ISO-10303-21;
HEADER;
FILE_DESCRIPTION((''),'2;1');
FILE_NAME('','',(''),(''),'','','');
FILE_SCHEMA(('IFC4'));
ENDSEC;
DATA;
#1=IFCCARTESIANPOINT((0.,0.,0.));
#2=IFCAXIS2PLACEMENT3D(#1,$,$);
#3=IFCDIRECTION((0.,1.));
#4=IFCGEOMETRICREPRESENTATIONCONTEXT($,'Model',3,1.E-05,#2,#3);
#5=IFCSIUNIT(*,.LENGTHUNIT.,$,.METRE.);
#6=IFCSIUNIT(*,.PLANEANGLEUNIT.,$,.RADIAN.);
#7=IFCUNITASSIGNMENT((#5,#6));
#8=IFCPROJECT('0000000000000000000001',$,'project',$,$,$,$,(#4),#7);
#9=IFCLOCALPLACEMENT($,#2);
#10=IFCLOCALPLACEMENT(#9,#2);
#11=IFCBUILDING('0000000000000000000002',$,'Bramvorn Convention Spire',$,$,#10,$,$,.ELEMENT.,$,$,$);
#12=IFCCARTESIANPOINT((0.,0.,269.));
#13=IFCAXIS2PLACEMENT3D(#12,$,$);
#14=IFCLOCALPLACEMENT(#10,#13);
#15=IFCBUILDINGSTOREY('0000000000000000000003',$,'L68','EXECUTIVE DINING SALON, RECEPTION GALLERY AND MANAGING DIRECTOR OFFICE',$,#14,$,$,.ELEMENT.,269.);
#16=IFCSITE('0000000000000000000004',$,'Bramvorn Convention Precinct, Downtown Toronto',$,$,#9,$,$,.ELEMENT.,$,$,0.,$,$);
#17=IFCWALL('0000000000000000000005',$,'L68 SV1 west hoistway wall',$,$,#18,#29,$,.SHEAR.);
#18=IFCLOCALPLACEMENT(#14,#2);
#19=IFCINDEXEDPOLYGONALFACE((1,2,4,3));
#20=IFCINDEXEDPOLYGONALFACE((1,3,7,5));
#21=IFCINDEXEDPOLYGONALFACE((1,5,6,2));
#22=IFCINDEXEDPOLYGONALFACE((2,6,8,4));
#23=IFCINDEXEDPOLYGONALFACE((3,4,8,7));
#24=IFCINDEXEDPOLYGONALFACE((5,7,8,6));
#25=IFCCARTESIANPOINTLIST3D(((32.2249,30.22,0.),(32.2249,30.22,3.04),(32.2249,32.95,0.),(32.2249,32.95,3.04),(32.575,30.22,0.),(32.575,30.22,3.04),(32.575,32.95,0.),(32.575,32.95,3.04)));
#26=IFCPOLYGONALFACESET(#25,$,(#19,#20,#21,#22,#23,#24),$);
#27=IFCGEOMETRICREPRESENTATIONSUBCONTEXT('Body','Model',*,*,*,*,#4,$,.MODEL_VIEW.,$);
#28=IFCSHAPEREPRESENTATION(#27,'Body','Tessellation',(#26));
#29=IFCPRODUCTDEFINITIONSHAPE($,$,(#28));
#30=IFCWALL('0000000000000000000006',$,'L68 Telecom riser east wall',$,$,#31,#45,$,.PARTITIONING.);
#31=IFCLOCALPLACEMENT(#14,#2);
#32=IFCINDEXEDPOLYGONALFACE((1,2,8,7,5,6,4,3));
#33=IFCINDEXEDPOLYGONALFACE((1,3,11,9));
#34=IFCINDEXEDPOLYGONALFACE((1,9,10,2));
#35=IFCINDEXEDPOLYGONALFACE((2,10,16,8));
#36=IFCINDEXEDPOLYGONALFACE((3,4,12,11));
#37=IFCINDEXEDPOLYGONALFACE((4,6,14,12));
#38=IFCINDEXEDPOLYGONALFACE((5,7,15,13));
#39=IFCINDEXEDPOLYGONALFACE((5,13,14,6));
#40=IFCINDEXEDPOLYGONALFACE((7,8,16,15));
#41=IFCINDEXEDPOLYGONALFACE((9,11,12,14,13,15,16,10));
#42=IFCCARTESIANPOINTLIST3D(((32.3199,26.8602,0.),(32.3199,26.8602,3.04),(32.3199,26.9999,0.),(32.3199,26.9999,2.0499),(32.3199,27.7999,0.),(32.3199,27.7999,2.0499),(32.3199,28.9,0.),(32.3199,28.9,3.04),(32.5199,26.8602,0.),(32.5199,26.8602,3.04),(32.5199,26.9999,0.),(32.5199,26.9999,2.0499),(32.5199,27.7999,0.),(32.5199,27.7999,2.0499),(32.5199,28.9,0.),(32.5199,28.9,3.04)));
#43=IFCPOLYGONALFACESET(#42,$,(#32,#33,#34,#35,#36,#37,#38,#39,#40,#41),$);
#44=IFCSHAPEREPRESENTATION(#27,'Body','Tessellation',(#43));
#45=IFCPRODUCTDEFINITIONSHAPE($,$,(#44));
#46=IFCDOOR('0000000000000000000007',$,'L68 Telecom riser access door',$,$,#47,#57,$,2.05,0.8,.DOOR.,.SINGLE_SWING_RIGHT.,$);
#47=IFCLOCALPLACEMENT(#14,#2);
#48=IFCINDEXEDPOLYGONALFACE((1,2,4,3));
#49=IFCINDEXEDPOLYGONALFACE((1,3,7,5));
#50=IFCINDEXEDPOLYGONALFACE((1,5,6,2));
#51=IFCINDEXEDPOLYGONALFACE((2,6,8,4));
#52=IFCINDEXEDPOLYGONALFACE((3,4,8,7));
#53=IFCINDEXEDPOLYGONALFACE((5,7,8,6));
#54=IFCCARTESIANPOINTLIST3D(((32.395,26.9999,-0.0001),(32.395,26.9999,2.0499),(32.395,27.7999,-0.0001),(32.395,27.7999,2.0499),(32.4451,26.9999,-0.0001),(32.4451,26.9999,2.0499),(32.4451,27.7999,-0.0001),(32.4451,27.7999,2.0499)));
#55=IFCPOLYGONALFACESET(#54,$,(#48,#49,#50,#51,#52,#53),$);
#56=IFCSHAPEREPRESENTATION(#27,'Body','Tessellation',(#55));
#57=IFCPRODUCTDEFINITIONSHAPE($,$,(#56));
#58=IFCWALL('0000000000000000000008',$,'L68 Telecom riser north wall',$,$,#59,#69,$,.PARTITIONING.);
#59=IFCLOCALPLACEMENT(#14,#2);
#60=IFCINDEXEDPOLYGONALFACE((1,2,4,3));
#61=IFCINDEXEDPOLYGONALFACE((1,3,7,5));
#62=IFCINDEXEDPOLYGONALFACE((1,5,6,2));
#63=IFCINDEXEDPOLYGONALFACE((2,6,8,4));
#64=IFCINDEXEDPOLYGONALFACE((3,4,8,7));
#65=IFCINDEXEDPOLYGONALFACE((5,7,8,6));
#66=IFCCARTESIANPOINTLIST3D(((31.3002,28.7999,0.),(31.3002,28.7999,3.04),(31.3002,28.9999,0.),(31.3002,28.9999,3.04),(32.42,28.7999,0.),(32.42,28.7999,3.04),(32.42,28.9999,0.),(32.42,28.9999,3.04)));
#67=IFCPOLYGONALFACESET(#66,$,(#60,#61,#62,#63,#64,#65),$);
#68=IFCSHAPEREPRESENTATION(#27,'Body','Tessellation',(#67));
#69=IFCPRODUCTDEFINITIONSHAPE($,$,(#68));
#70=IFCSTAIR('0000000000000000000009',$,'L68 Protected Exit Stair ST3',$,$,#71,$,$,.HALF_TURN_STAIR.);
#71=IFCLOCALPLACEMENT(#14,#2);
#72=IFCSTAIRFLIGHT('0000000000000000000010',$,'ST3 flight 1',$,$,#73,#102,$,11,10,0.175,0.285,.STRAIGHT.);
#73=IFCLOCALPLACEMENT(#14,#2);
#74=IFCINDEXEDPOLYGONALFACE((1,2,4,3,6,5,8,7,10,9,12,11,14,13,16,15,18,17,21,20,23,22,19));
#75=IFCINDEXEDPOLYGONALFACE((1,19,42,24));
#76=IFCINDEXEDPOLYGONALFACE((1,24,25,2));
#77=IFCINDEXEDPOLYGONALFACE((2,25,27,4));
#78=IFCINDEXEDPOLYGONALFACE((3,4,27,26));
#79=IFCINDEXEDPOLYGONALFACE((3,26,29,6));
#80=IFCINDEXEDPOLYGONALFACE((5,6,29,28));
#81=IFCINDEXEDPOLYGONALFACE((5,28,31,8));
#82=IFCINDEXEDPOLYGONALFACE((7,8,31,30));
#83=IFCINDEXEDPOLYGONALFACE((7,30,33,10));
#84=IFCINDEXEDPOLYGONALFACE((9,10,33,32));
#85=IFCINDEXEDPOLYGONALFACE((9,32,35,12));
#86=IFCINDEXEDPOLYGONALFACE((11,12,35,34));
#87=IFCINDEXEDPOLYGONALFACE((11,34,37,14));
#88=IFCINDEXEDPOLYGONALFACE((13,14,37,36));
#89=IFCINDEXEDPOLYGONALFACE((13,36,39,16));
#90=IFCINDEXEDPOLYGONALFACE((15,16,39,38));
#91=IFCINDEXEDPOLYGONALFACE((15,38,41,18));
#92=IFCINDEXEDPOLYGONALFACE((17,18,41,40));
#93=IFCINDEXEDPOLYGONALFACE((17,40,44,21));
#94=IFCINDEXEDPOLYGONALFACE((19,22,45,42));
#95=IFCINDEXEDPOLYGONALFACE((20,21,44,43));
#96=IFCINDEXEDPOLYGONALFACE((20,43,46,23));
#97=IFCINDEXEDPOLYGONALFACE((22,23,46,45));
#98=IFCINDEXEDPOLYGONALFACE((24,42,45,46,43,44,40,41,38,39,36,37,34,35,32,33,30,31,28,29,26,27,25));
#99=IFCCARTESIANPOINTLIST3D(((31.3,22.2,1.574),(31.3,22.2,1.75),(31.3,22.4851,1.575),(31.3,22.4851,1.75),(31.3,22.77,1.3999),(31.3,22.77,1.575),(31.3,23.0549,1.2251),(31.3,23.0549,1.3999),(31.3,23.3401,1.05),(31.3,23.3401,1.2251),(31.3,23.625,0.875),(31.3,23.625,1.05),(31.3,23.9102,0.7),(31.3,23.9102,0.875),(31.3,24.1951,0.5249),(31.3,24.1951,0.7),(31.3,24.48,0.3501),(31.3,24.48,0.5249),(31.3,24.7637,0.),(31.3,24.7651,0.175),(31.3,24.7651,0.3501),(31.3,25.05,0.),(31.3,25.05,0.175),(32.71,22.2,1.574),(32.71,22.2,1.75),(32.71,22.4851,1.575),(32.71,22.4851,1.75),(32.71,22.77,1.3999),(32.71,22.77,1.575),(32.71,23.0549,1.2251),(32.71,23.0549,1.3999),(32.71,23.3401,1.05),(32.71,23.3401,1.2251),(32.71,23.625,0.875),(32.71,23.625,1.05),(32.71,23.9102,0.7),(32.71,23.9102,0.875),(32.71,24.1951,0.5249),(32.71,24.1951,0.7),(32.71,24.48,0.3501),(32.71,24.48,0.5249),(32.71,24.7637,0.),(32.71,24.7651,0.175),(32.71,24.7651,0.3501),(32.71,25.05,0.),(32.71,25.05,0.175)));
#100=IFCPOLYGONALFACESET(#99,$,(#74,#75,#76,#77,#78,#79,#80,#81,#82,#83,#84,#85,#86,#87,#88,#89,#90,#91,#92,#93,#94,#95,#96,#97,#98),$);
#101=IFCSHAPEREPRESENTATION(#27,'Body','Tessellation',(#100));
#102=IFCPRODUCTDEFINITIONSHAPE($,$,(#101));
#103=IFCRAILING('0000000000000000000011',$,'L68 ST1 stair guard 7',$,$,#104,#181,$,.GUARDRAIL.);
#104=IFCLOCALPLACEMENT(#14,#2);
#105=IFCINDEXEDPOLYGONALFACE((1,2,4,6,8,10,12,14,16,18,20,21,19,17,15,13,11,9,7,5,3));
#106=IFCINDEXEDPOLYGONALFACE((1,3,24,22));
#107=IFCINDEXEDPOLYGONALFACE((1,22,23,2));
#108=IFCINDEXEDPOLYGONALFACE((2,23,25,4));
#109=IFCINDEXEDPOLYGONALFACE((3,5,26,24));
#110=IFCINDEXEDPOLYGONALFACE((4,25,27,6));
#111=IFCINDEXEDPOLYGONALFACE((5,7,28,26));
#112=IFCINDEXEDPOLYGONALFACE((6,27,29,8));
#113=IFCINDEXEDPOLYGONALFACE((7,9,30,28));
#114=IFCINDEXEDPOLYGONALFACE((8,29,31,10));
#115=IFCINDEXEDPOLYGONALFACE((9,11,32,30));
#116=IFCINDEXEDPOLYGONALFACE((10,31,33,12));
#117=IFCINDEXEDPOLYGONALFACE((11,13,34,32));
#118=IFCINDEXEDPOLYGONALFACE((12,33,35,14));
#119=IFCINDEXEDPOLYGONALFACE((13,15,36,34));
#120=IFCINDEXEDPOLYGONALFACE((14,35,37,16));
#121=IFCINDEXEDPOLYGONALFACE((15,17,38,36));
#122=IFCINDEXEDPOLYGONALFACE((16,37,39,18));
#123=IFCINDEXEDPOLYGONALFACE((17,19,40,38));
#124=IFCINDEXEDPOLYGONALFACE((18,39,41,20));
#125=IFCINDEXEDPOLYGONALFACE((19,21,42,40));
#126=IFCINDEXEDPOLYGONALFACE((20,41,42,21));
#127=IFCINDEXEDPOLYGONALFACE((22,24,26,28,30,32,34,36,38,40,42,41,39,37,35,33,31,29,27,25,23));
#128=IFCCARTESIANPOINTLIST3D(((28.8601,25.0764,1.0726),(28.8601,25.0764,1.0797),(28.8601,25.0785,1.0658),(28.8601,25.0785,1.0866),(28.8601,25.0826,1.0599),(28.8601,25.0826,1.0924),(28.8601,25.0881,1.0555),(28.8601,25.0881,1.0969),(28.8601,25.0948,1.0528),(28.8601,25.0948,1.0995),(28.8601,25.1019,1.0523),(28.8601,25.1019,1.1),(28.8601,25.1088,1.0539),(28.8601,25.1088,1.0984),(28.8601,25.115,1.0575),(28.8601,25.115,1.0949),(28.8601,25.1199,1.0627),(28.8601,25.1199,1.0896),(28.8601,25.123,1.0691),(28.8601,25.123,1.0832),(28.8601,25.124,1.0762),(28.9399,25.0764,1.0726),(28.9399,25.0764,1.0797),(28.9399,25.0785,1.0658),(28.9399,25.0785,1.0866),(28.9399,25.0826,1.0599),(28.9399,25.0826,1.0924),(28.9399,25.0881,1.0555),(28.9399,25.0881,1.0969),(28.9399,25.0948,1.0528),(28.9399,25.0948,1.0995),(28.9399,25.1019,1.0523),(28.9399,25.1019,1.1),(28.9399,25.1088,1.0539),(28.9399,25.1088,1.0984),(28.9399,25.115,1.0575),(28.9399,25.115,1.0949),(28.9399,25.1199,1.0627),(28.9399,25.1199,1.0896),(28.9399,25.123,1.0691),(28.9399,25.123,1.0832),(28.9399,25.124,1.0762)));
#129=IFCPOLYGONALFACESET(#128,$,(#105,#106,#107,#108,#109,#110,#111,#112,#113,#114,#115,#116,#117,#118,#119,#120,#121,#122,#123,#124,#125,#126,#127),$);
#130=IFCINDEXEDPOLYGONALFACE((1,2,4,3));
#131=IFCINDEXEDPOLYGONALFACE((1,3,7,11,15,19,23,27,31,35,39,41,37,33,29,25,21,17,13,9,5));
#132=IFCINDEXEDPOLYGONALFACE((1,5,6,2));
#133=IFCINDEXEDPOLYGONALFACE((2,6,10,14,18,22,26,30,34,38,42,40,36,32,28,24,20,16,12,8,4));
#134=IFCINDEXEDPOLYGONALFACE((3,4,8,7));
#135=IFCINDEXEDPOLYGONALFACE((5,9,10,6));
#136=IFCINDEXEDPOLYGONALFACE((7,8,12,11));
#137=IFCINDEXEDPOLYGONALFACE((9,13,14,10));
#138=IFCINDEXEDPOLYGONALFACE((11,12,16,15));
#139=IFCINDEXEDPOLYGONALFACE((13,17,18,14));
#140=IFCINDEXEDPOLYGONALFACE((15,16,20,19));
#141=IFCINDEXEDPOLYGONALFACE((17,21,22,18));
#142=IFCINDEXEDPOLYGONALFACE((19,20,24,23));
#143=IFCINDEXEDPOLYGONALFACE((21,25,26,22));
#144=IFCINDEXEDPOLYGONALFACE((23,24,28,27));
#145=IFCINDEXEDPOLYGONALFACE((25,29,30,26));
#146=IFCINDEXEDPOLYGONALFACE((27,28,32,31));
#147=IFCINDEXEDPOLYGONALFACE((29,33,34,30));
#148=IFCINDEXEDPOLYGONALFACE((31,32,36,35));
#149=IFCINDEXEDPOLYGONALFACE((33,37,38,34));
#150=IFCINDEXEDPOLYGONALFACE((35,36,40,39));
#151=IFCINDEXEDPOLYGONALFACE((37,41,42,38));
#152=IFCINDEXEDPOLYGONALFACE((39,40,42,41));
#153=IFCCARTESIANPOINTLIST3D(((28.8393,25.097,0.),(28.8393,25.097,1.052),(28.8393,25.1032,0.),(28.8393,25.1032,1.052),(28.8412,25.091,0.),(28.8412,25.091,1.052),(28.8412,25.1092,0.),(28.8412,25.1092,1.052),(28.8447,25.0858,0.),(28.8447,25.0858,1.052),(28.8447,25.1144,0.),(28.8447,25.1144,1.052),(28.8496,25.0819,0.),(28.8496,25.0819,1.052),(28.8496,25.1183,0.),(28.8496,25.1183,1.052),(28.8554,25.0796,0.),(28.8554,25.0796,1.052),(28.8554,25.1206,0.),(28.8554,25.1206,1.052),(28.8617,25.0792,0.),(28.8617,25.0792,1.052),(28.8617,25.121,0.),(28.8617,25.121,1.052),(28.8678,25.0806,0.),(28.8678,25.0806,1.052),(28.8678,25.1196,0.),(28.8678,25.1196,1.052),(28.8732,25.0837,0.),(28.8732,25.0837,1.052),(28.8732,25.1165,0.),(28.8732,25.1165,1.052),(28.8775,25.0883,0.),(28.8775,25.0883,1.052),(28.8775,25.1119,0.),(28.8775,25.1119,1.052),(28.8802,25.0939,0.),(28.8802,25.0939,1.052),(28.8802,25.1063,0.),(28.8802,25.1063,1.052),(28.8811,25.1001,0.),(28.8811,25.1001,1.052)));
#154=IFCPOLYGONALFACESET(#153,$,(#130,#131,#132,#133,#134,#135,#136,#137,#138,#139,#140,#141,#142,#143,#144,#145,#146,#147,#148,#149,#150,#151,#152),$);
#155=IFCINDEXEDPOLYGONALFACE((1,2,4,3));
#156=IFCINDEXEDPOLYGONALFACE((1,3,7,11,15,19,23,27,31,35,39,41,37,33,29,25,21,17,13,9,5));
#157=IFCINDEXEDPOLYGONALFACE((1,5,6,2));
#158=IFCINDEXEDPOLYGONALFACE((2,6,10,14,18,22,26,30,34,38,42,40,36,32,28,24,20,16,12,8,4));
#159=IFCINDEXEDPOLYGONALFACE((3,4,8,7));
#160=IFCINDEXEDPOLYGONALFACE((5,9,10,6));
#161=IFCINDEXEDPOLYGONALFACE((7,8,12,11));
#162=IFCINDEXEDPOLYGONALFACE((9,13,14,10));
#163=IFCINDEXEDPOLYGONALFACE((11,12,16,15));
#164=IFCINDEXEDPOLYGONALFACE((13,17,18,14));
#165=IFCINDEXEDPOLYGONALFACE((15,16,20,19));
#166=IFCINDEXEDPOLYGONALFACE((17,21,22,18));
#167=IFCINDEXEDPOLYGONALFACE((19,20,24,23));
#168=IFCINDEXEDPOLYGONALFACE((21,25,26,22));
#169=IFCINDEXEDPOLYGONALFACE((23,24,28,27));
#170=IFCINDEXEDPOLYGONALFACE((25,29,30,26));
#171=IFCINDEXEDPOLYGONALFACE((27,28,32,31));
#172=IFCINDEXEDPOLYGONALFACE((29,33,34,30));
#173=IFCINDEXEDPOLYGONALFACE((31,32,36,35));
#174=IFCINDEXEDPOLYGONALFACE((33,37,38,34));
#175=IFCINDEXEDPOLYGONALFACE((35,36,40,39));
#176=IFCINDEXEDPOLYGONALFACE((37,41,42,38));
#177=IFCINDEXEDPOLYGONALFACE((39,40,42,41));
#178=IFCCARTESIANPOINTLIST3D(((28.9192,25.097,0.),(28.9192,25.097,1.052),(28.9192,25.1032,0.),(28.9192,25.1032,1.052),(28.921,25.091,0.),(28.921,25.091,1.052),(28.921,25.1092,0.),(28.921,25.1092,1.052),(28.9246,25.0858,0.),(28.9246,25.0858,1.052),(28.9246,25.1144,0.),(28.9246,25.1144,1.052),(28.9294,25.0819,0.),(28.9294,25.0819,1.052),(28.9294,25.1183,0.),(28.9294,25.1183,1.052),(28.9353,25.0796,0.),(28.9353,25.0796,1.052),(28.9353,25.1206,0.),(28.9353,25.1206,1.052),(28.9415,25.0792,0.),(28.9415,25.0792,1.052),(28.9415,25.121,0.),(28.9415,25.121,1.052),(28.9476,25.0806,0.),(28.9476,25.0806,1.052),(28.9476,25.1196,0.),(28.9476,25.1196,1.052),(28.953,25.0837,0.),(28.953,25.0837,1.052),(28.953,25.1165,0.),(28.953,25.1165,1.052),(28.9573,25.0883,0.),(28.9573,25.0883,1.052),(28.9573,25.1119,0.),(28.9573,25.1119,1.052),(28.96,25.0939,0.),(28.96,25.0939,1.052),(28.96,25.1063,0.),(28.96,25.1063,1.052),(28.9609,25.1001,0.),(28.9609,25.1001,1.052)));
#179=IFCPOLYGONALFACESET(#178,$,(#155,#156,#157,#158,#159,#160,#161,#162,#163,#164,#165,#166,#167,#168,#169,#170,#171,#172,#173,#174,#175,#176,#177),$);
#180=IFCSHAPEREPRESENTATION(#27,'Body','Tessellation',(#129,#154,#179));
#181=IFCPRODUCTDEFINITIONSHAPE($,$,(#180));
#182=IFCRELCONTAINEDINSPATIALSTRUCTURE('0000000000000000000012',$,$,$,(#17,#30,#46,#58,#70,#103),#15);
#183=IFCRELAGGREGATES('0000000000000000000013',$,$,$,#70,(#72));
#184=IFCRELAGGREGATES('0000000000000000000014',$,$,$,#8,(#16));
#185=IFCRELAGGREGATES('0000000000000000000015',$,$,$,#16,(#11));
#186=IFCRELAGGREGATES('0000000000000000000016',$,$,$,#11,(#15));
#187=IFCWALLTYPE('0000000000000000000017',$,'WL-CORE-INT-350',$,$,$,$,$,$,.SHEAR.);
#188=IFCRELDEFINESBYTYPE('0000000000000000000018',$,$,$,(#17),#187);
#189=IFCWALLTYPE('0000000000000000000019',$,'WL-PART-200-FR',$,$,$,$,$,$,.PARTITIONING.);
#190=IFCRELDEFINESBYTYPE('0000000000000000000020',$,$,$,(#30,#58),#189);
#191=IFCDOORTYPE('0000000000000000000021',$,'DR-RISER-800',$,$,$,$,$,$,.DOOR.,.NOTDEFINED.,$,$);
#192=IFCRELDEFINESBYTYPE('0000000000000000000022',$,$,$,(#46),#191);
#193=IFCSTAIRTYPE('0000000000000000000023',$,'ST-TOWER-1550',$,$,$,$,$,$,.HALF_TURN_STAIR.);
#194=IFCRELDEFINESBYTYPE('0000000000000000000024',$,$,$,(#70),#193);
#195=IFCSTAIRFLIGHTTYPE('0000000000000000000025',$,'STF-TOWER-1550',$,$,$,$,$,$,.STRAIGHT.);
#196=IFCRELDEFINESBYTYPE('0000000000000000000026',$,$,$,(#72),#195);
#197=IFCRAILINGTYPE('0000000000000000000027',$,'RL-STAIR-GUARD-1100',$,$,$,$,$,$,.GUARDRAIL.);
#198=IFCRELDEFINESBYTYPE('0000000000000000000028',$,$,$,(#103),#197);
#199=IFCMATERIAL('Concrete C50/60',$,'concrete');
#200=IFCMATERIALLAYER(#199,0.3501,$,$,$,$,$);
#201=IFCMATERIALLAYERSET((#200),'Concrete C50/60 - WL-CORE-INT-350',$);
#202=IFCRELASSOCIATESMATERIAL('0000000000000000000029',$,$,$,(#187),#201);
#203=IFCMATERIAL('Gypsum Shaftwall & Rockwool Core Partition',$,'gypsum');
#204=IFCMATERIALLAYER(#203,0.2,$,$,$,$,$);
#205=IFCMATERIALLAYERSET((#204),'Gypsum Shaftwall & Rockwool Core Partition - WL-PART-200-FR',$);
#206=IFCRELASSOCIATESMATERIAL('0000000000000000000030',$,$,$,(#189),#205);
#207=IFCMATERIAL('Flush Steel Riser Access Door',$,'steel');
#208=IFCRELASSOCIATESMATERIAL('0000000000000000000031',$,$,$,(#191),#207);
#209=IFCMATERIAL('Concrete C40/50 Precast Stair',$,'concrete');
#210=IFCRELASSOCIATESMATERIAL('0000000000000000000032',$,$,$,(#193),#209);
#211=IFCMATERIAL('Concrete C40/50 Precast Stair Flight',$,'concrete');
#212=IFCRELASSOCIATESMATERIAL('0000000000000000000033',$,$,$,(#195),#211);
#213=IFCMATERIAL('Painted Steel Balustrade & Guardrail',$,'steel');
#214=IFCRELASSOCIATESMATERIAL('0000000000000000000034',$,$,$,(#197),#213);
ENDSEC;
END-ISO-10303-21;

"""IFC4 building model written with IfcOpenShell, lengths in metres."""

from ifc_helpers import new_model, si_unit, direction, frame, frame_2d, origin, origin_2d, place, context, subcontext, project, spatial, polyline, rectangle, circle, outline, extrude, material, layer, layer_set, type_object, element, fill, aggregate, save


model = new_model("IFC4")

# Units and contexts
model_context = context("Model", 3, precision=1e-05, world=origin(), true_north=direction((0.0, 1.0)))
body_context = subcontext(model_context, "Body", "Model", "MODEL_VIEW")
ifc_project = project(units=[si_unit("LENGTHUNIT", "METRE"), si_unit("PLANEANGLEUNIT", "RADIAN")], contexts=[model_context])

# Site, building, storey
site_placement = place(None, origin())
site = spatial("IfcSite", under=ifc_project, at=site_placement, Name="Bramvorn Convention Precinct, Downtown Toronto", CompositionType="ELEMENT", RefElevation=0.0)
building_placement = place(site_placement, origin())
building = spatial("IfcBuilding", under=site, at=building_placement, Name="Bramvorn Convention Spire", CompositionType="ELEMENT")
storey_placement = place(building_placement, frame((0.0, 0.0, 269.0)))
storey = spatial("IfcBuildingStorey", under=building, at=storey_placement, Name="L68", Description="EXECUTIVE DINING SALON, RECEPTION GALLERY AND MANAGING DIRECTOR OFFICE", CompositionType="ELEMENT", Elevation=269.0)

# Shared definitions
ifc_material_1 = material(Name="Concrete C50/60", Category="concrete")
ifc_layer_1 = layer(ifc_material_1, 0.3501)
ifc_layer_set_1 = layer_set([ifc_layer_1], Name="Concrete C50/60 - WL-CORE-INT-350")
wall_type_1 = type_object("IfcWallType", Name="WL-CORE-INT-350", PredefinedType="SHEAR", material=ifc_layer_set_1)

# Wall
wall_1_placement = place(storey_placement, frame((32.3999, 30.22, 0.0), z_axis=(0.0, 0.0, 1.0), x_axis=(0.0, 1.0, 0.0)))
element("IfcWall", 1, at=wall_1_placement, inside=storey, type_object=wall_type_1, Name="L68 SV1 west hoistway wall", PredefinedType="SHEAR", context=body_context, shape_type="SweptSolid", body=[
    extrude(rectangle(XDim=2.73, YDim=0.3501, at=frame_2d((1.365, 0.0))), origin(), (0.0, 0.0, 1.0), 3.04),
])

# Wall, opening, door
ifc_material_2 = material(Name="Gypsum Shaftwall & Rockwool Core Partition", Category="gypsum")
ifc_layer_2 = layer(ifc_material_2, 0.2)
ifc_layer_set_2 = layer_set([ifc_layer_2], Name="Gypsum Shaftwall & Rockwool Core Partition - WL-PART-200-FR")
wall_type_2 = type_object("IfcWallType", Name="WL-PART-200-FR", PredefinedType="PARTITIONING", material=ifc_layer_set_2)
wall_2_placement = place(storey_placement, frame((32.4199, 26.8601, 0.0), z_axis=(0.0, 0.0, 1.0), x_axis=(0.0, 1.0, 0.0)))
wall_2 = element("IfcWall", 2, at=wall_2_placement, inside=storey, type_object=wall_type_2, Name="L68 Telecom riser east wall", PredefinedType="PARTITIONING", context=body_context, shape_type="SweptSolid", body=[
    extrude(rectangle(XDim=2.0398, YDim=0.2, at=frame_2d((1.02, 0.0))), origin(), (0.0, 0.0, 1.0), 3.04),
])
opening_1_placement = place(wall_2_placement, frame((0.1399, 0.0, 0.0)))
opening_1 = element("IfcOpeningElement", 3, at=opening_1_placement, cuts=wall_2, PredefinedType="OPENING", context=body_context, shape_type="SweptSolid", body=[
    extrude(rectangle(XDim=0.8, YDim=2.05, at=frame_2d((0.3999, 1.0249))), frame((0.0, 0.1099, 0.0), z_axis=(0.0, -1.0, 0.0), x_axis=(1.0, 0.0, 0.0)), (0.0, 0.0, 1.0), 0.22),
])
ifc_material_3 = material(Name="Flush Steel Riser Access Door", Category="steel")
door_type_1 = type_object("IfcDoorType", Name="DR-RISER-800", OperationType="NOTDEFINED", PredefinedType="DOOR", material=ifc_material_3)
door_1_placement = place(opening_1_placement, origin())
door_1 = element("IfcDoor", 4, at=door_1_placement, inside=storey, type_object=door_type_1, Name="L68 Telecom riser access door", OperationType="SINGLE_SWING_RIGHT", OverallHeight=2.05, OverallWidth=0.8, PredefinedType="DOOR", context=body_context, shape_type="SweptSolid", body=[
    extrude(rectangle(XDim=0.8, YDim=2.05, at=frame_2d((0.3999, 1.0249))), frame((0.0, 0.0249, 0.0), z_axis=(0.0, -1.0, 0.0), x_axis=(1.0, 0.0, 0.0)), (0.0, 0.0, 1.0), 0.05),
])
fill(opening_1, door_1)

# Wall
wall_3_placement = place(storey_placement, frame((31.3, 28.8999, 0.0), z_axis=(0.0, 0.0, 1.0), x_axis=(1.0, 0.0, 0.0)))
element("IfcWall", 5, at=wall_3_placement, inside=storey, type_object=wall_type_2, Name="L68 Telecom riser north wall", PredefinedType="PARTITIONING", context=body_context, shape_type="SweptSolid", body=[
    extrude(rectangle(XDim=1.1199, YDim=0.2, at=frame_2d((0.5601, 0.0))), origin(), (0.0, 0.0, 1.0), 3.04),
])

# Stair, stair flight
ifc_material_4 = material(Name="Concrete C40/50 Precast Stair", Category="concrete")
stair_type = type_object("IfcStairType", Name="ST-TOWER-1550", PredefinedType="HALF_TURN_STAIR", material=ifc_material_4)
stair_placement = place(storey_placement, origin())
stair = element("IfcStair", 6, at=stair_placement, inside=storey, type_object=stair_type, Name="L68 Protected Exit Stair ST3", PredefinedType="HALF_TURN_STAIR")
ifc_material_5 = material(Name="Concrete C40/50 Precast Stair Flight", Category="concrete")
stair_flight_type = type_object("IfcStairFlightType", Name="STF-TOWER-1550", PredefinedType="STRAIGHT", material=ifc_material_5)
stair_flight_placement = place(storey_placement, frame((32.0049, 25.05, 0.0), z_axis=(0.0, 0.0, 1.0), x_axis=(0.0, -1.0, 0.0)))
stair_flight = element("IfcStairFlight", 7, at=stair_flight_placement, type_object=stair_flight_type, Name="ST3 flight 1", NumberOfRisers=11, NumberOfTreads=10, PredefinedType="STRAIGHT", RiserHeight=0.175, TreadLength=0.285, context=body_context, shape_type="SweptSolid", body=[
    extrude(outline(polyline([(0.0, 0.0), (0.0, 0.175), (0.2849, 0.175), (0.2849, 0.3501), (0.5701, 0.3501), (0.5701, 0.5249), (0.855, 0.5249), (0.855, 0.7), (1.1399, 0.7), (1.1399, 0.875), (1.425, 0.875), (1.425, 1.05), (1.71, 1.05), (1.71, 1.2251), (1.9951, 1.2251), (1.9951, 1.3999), (2.28, 1.3999), (2.28, 1.575), (2.5649, 1.575), (2.5649, 1.75), (2.8501, 1.75), (2.8501, 1.925), (2.8501, 1.574), (0.2864, 0.0), (0.0, 0.0)])), frame((0.0, 0.7051, 0.0), z_axis=(0.0, -1.0, 0.0), x_axis=(1.0, 0.0, 0.0)), (0.0, 0.0, 1.0), 1.4099),
])
aggregate(stair, [stair_flight])

# Railing
ifc_material_6 = material(Name="Painted Steel Balustrade & Guardrail", Category="steel")
railing_type_1 = type_object("IfcRailingType", Name="RL-STAIR-GUARD-1100", PredefinedType="GUARDRAIL", material=ifc_material_6)
railing_1_placement = place(storey_placement, frame((28.8601, 25.1001, 0.0)))
element("IfcRailing", 8, at=railing_1_placement, inside=storey, type_object=railing_type_1, Name="L68 ST1 stair guard 7", PredefinedType="GUARDRAIL", context=body_context, shape_type="SweptSolid", body=[
    extrude(circle(Radius=0.0239, at=origin_2d()), frame((0.0, 0.0, 1.0762), z_axis=(1.0, 0.0, 0.0), x_axis=(0.0, 1.0, 0.0)), (0.0, 0.0, 1.0), 0.0798),
    extrude(circle(Radius=0.021, at=origin_2d()), origin(), (0.0, 0.0, 1.0), 1.052),
    extrude(circle(Radius=0.021, at=origin_2d()), frame((0.0798, 0.0, 0.0)), (0.0, 0.0, 1.0), 1.052),
])

save(model, "model.ifc")
